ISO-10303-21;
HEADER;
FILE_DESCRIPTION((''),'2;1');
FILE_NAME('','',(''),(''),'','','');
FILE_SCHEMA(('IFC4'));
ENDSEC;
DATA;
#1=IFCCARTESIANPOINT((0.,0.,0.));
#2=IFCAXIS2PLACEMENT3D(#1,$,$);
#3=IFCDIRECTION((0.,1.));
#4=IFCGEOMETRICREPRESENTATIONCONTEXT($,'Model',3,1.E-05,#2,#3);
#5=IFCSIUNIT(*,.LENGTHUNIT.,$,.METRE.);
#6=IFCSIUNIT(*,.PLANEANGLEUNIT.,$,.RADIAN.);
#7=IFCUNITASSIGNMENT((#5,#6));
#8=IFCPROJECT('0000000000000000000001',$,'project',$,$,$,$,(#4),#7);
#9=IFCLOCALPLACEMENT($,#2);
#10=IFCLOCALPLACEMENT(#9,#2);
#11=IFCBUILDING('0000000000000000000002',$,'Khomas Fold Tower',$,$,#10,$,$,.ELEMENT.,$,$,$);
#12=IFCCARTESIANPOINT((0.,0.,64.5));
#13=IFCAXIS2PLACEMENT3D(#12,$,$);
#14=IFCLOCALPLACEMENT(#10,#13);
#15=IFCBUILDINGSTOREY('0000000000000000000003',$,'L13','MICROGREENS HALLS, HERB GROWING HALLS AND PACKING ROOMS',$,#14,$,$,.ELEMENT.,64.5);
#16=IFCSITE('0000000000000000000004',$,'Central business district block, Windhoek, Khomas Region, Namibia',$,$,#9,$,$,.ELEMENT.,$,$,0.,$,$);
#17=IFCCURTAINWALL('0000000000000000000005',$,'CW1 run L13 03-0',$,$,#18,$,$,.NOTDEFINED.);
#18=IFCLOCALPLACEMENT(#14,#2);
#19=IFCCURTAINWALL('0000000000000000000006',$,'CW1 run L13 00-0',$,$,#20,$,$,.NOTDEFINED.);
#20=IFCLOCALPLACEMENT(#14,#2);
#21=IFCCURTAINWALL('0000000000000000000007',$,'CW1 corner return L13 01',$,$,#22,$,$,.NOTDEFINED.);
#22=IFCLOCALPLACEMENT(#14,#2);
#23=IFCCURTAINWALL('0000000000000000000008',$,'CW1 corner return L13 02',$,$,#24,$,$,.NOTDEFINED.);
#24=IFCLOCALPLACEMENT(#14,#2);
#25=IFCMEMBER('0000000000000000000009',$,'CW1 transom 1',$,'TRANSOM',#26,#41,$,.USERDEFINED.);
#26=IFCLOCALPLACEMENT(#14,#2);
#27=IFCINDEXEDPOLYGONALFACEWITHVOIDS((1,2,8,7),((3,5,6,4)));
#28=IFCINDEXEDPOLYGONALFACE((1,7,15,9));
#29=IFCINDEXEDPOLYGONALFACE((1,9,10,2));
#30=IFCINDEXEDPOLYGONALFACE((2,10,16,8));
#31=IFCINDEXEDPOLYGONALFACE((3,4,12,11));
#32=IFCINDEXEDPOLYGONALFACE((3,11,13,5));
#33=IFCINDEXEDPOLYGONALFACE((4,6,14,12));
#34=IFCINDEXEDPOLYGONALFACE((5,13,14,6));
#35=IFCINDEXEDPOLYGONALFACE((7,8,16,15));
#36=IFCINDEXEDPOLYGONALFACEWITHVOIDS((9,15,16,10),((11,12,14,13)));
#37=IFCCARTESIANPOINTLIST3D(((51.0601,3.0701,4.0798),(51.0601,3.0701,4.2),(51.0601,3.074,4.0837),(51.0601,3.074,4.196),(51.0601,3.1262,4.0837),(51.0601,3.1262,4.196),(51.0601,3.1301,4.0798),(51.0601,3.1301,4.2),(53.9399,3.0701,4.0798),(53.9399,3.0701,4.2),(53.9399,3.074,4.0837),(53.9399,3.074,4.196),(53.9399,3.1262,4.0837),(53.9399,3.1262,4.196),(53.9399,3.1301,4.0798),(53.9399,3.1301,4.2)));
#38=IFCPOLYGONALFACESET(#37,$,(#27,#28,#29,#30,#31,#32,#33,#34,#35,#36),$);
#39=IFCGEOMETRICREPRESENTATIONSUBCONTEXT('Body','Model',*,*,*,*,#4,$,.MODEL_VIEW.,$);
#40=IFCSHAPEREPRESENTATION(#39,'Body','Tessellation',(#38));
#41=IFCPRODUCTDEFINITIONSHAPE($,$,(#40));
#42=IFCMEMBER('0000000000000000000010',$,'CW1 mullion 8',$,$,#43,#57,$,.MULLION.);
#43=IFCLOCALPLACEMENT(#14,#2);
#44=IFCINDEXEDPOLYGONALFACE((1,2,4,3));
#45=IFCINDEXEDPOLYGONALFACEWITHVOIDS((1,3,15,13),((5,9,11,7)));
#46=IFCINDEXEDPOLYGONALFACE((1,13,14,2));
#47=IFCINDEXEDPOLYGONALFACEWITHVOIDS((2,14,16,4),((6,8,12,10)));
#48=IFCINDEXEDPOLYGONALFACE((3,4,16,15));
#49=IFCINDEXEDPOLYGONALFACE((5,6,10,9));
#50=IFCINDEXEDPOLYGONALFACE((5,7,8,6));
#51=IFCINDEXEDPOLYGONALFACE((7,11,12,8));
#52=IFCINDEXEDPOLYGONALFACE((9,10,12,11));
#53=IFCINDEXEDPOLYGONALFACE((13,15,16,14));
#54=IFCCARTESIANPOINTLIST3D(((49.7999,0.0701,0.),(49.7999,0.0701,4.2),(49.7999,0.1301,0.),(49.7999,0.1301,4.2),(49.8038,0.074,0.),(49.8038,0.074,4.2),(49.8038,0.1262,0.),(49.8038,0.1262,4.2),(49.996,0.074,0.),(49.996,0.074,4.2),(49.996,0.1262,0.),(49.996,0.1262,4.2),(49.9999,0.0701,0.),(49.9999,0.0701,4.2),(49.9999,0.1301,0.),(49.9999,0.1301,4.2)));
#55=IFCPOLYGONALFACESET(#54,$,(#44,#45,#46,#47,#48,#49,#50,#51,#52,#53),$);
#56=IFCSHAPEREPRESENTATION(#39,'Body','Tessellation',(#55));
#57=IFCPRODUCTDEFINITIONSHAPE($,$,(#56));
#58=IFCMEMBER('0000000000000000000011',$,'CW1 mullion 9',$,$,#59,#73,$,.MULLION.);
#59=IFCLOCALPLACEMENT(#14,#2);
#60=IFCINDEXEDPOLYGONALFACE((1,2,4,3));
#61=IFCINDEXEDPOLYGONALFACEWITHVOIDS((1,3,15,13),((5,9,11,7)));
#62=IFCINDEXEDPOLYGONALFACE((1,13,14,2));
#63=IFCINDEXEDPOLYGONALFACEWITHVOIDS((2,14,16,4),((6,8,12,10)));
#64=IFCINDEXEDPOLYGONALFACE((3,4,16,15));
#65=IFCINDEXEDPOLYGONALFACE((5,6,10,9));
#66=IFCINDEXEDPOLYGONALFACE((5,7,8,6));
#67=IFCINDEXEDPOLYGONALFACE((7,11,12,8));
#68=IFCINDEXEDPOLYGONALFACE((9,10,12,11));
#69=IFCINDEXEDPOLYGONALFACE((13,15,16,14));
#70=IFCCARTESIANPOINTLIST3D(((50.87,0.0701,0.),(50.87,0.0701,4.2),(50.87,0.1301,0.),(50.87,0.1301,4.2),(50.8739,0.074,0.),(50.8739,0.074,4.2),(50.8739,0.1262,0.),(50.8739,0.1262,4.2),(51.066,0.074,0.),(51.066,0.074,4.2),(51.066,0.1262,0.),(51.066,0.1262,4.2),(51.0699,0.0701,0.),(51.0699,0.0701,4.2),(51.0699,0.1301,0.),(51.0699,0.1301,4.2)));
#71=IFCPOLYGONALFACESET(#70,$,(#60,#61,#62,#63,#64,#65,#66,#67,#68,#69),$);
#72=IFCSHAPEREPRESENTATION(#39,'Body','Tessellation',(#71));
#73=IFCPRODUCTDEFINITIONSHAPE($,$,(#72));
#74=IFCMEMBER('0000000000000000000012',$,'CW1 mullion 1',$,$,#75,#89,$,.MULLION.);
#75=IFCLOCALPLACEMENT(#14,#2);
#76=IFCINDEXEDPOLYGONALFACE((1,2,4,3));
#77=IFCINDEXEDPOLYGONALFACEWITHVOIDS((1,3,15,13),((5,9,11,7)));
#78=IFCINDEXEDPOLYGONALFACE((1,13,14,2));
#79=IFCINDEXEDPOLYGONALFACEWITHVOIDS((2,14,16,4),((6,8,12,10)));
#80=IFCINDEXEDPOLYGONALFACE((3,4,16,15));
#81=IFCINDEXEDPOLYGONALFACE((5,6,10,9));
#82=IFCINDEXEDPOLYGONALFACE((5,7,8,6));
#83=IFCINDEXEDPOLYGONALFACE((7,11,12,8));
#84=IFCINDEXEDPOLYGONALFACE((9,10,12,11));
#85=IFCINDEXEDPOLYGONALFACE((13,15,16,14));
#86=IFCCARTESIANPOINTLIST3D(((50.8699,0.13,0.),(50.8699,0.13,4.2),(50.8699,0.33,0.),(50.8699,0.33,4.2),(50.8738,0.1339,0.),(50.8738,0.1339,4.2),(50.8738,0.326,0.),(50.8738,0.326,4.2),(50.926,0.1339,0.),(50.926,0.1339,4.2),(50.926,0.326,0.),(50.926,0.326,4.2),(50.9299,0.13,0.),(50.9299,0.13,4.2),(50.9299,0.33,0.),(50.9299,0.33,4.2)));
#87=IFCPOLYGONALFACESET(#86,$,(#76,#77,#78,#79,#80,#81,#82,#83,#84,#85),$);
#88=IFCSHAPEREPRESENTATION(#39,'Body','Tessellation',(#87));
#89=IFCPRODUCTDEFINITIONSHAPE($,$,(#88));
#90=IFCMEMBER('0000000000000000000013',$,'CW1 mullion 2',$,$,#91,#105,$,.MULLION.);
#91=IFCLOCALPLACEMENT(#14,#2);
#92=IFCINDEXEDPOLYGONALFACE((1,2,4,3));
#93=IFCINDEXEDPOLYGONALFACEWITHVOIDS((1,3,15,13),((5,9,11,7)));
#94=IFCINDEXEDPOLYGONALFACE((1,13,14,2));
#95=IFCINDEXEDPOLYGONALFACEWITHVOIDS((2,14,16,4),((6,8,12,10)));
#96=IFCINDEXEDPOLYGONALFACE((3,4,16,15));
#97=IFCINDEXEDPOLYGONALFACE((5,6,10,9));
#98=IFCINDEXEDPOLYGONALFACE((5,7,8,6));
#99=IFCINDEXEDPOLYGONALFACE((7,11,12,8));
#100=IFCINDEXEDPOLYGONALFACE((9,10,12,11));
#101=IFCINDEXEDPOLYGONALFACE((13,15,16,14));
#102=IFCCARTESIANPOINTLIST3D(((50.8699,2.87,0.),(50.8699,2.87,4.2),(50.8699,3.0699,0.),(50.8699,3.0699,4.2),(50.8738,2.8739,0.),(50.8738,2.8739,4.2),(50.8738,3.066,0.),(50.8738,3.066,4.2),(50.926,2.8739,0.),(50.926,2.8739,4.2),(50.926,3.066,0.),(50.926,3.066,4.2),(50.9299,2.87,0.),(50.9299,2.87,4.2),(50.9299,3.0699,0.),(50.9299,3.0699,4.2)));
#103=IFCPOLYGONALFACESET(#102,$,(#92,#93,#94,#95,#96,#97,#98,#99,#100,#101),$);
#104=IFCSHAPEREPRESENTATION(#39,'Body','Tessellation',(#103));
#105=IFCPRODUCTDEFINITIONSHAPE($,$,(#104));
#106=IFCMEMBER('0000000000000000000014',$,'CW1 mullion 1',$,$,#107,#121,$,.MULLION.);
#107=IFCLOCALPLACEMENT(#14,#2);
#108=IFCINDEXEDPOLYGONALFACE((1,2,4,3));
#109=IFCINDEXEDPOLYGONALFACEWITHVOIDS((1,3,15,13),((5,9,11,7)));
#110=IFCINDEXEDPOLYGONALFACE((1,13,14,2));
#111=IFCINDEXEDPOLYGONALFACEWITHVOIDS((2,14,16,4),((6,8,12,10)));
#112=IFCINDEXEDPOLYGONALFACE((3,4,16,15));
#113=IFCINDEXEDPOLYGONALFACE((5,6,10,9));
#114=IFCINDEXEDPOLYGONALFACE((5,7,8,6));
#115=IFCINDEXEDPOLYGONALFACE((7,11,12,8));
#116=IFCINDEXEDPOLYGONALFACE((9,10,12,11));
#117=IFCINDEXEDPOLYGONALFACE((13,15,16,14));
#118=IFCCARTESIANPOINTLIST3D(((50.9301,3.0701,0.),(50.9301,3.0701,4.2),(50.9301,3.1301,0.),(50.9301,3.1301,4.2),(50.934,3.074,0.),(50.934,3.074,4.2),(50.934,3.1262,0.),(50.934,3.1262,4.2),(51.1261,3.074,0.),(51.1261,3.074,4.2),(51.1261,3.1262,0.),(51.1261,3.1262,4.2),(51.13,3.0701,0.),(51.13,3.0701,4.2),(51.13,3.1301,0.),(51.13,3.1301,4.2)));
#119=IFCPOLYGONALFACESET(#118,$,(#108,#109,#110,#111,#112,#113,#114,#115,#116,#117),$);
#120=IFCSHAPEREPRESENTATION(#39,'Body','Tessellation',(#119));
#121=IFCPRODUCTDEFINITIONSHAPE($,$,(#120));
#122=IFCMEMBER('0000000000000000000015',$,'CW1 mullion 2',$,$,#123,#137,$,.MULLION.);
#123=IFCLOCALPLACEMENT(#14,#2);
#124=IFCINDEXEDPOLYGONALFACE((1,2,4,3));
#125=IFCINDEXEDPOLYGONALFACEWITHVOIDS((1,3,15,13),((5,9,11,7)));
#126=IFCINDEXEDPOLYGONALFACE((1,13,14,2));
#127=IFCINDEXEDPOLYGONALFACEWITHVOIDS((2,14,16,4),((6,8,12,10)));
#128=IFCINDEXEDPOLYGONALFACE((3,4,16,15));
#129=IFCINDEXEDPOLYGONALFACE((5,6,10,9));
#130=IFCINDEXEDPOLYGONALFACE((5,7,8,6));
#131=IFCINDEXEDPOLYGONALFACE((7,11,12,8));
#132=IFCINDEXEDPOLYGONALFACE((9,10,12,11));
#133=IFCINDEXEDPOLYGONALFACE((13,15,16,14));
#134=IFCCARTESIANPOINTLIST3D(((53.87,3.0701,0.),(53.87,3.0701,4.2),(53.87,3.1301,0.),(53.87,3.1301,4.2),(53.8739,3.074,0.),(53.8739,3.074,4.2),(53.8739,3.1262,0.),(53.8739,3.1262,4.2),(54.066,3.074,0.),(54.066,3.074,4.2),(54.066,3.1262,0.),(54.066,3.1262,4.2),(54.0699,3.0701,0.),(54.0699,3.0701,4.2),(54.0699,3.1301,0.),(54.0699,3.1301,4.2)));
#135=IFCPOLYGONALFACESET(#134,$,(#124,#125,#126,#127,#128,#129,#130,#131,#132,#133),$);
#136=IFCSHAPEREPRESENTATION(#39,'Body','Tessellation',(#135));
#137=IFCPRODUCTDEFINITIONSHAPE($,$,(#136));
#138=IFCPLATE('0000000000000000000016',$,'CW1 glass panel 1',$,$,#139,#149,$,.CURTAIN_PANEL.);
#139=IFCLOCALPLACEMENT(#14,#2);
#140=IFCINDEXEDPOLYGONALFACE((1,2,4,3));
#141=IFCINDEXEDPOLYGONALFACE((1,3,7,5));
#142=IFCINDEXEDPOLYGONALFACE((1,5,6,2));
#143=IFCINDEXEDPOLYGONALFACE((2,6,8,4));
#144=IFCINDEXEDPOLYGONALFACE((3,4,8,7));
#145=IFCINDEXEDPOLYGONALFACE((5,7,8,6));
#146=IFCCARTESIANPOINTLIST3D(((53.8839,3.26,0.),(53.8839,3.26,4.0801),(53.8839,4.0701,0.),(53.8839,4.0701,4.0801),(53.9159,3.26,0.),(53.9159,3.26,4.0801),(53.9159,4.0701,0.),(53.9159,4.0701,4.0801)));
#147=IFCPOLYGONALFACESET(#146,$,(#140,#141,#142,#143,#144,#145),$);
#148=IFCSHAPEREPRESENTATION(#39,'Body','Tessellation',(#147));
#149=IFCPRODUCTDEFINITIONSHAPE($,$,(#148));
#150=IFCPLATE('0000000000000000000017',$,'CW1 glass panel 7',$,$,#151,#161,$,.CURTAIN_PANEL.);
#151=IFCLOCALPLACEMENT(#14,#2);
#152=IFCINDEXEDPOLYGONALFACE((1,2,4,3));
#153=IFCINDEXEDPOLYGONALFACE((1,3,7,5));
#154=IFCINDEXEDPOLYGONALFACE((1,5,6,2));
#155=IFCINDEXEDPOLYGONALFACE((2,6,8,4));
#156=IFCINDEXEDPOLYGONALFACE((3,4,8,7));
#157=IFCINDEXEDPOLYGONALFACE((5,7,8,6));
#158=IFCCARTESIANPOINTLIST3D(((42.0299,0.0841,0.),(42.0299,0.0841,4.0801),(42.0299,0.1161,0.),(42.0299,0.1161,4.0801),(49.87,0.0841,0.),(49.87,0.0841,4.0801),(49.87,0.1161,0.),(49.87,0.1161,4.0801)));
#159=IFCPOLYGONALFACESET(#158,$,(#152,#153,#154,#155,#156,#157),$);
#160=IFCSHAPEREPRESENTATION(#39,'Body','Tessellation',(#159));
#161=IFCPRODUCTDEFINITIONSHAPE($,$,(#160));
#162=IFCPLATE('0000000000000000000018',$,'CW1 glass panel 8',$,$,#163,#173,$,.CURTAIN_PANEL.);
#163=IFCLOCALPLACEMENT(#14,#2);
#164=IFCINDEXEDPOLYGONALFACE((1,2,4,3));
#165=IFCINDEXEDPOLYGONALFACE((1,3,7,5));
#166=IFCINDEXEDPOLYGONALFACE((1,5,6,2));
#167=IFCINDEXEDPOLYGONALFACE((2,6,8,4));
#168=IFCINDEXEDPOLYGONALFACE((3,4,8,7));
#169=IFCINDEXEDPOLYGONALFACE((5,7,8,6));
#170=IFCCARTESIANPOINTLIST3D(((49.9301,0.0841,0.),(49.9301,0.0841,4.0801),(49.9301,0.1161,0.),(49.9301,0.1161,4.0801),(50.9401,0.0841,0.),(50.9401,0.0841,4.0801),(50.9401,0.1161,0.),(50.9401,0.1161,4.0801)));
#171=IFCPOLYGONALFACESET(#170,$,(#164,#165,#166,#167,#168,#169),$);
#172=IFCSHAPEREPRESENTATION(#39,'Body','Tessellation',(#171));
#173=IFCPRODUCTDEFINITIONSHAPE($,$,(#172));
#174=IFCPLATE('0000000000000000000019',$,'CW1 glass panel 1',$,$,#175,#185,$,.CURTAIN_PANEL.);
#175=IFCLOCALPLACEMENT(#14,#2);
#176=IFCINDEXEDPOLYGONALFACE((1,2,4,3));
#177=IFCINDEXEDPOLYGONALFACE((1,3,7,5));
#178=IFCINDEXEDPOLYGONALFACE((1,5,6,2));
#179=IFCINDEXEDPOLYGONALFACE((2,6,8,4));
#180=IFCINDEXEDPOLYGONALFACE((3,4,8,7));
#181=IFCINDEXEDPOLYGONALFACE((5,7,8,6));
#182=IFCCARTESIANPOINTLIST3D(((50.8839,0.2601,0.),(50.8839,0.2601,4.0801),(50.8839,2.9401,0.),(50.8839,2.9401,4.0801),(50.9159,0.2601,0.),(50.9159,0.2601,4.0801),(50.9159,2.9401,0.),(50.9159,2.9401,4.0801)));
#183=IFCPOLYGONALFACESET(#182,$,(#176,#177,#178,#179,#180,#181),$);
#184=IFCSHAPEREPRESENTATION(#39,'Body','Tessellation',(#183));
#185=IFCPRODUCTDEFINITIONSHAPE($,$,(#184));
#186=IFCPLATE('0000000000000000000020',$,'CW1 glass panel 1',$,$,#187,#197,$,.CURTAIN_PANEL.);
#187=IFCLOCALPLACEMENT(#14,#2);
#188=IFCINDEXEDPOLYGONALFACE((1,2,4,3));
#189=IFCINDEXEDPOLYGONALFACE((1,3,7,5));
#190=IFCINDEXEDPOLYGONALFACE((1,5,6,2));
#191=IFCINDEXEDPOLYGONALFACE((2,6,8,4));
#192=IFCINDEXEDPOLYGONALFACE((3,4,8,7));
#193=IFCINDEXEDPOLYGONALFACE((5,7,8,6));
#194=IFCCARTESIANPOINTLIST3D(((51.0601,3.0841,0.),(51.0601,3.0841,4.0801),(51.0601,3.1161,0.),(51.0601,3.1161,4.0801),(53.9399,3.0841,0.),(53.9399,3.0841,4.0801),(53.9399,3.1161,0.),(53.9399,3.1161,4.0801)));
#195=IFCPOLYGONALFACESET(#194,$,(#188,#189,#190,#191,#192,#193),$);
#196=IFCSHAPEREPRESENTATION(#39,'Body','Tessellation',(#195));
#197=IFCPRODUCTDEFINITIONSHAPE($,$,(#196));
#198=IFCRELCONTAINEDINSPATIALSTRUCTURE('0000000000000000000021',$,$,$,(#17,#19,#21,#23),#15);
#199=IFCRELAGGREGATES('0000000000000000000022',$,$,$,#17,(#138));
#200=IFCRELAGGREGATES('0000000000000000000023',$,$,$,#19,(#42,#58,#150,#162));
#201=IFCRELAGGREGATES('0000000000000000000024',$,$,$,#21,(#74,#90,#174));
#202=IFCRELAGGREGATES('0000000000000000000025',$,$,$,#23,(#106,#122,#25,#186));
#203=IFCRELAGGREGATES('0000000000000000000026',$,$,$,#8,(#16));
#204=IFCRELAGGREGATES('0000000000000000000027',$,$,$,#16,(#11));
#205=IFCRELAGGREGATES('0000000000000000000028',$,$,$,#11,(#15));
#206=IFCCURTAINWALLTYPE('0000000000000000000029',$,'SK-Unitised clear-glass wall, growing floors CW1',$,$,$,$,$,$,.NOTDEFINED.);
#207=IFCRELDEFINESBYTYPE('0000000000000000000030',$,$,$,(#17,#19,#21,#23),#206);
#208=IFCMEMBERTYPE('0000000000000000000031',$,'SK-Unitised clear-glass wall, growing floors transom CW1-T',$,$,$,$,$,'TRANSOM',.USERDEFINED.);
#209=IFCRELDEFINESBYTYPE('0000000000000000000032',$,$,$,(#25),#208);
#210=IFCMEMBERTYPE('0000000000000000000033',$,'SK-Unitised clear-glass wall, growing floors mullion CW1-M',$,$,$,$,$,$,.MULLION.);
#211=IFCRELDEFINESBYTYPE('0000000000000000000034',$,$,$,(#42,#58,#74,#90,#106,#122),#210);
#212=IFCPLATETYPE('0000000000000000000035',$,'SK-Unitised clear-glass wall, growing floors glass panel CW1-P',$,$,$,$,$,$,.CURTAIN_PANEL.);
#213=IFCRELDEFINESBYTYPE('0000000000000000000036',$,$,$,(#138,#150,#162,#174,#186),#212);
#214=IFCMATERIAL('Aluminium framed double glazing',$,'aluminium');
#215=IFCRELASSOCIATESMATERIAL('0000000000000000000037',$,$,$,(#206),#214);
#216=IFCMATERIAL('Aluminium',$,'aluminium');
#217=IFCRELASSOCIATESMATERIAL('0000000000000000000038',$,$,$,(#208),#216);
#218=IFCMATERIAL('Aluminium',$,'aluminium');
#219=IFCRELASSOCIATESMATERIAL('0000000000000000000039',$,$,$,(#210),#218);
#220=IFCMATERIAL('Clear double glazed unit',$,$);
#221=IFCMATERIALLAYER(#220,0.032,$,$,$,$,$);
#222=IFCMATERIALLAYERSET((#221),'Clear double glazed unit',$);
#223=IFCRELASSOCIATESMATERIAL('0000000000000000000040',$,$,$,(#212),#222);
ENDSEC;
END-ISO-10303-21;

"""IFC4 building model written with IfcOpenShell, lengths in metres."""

from ifc_helpers import new_model, si_unit, direction, frame, origin, origin_2d, place, context, subcontext, project, spatial, rectangle, hollow_rectangle, extrude, source, transform, mapped, material, layer, layer_set, material_profile, profile_set, type_object, element, aggregate, save


model = new_model("IFC4")

# Units and contexts
model_context = context("Model", 3, precision=1e-05, world=origin(), true_north=direction((0.0, 1.0)))
body_context = subcontext(model_context, "Body", "Model", "MODEL_VIEW")
ifc_project = project(units=[si_unit("LENGTHUNIT", "METRE"), si_unit("PLANEANGLEUNIT", "RADIAN")], contexts=[model_context])

# Site, building, storey
site_placement = place(None, origin())
site = spatial("IfcSite", under=ifc_project, at=site_placement, Name="Central business district block, Windhoek, Khomas Region, Namibia", CompositionType="ELEMENT", RefElevation=0.0)
building_placement = place(site_placement, origin())
building = spatial("IfcBuilding", under=site, at=building_placement, Name="Khomas Fold Tower", CompositionType="ELEMENT")
storey_placement = place(building_placement, frame((0.0, 0.0, 64.5)))
storey = spatial("IfcBuildingStorey", under=building, at=storey_placement, Name="L13", Description="MICROGREENS HALLS, HERB GROWING HALLS AND PACKING ROOMS", CompositionType="ELEMENT", Elevation=64.5)

# Curtain wall
ifc_material_1 = material(Name="Aluminium framed double glazing", Category="aluminium")
curtain_wall_type = type_object("IfcCurtainWallType", Name="SK-Unitised clear-glass wall, growing floors CW1", PredefinedType="NOTDEFINED", material=ifc_material_1)
curtain_wall_1_placement = place(storey_placement, origin())
curtain_wall_1 = element("IfcCurtainWall", 1, at=curtain_wall_1_placement, inside=storey, type_object=curtain_wall_type, Name="CW1 run L13 03-0", PredefinedType="NOTDEFINED")
ifc_material_2 = material(Name="Aluminium", Category="aluminium")
ifc_material_profile_1 = material_profile(ifc_material_2, hollow_rectangle(XDim=0.0601, YDim=0.1201, WallThickness=0.0039, at=origin_2d()), Name="SK-Unitised clear-glass wall, growing floors transom CW1-T")
ifc_profile_set_1 = profile_set([ifc_material_profile_1], Name="Aluminium")
member_type_1 = type_object("IfcMemberType", Name="SK-Unitised clear-glass wall, growing floors transom CW1-T", ElementType="TRANSOM", PredefinedType="USERDEFINED", material=ifc_profile_set_1)

# Curtain wall
curtain_wall_2_placement = place(storey_placement, origin())
curtain_wall_2 = element("IfcCurtainWall", 2, at=curtain_wall_2_placement, inside=storey, type_object=curtain_wall_type, Name="CW1 run L13 00-0", PredefinedType="NOTDEFINED")

# Curtain walls, member
curtain_wall_3_placement = place(storey_placement, origin())
curtain_wall_3 = element("IfcCurtainWall", 3, at=curtain_wall_3_placement, inside=storey, type_object=curtain_wall_type, Name="CW1 corner return L13 01", PredefinedType="NOTDEFINED")
curtain_wall_4_placement = place(storey_placement, origin())
curtain_wall_4 = element("IfcCurtainWall", 4, at=curtain_wall_4_placement, inside=storey, type_object=curtain_wall_type, Name="CW1 corner return L13 02", PredefinedType="NOTDEFINED")
shared_shape_1 = source(origin(), body_context, "Body", "SweptSolid", [
    extrude(hollow_rectangle(XDim=0.0601, YDim=0.1201, WallThickness=0.0039, at=origin_2d()), origin(), (0.0, 0.0, 1.0), 2.8799),
])
member_1_placement = place(storey_placement, frame((51.0601, 3.1001, 4.1399), z_axis=(1.0, 0.0, 0.0), x_axis=(0.0, 1.0, 0.0)))
member_1 = element("IfcMember", 5, at=member_1_placement, type_object=member_type_1, Name="CW1 transom 1", ObjectType="TRANSOM", PredefinedType="USERDEFINED", context=body_context, shape_type="MappedRepresentation", body=[
    mapped(shared_shape_1, transform((0.0, 0.0, 0.0))),
])

# Members
ifc_material_3 = material(Name="Aluminium", Category="aluminium")
ifc_material_profile_2 = material_profile(ifc_material_3, hollow_rectangle(XDim=0.0601, YDim=0.2, WallThickness=0.0039, at=origin_2d()), Name="SK-Unitised clear-glass wall, growing floors mullion CW1-M")
ifc_profile_set_2 = profile_set([ifc_material_profile_2], Name="Aluminium")
member_type_2 = type_object("IfcMemberType", Name="SK-Unitised clear-glass wall, growing floors mullion CW1-M", PredefinedType="MULLION", material=ifc_profile_set_2)
shared_shape_2 = source(origin(), body_context, "Body", "SweptSolid", [
    extrude(hollow_rectangle(XDim=0.0601, YDim=0.2, WallThickness=0.0039, at=origin_2d()), origin(), (0.0, 0.0, 1.0), 4.2),
])
member_2_placement = place(storey_placement, frame((49.8999, 0.1001, 0.0), z_axis=(0.0, 0.0, 1.0), x_axis=(0.0, 1.0, 0.0)))
member_2 = element("IfcMember", 6, at=member_2_placement, type_object=member_type_2, Name="CW1 mullion 8", PredefinedType="MULLION", context=body_context, shape_type="MappedRepresentation", body=[
    mapped(shared_shape_2, transform((0.0, 0.0, 0.0))),
])
member_3_placement = place(storey_placement, frame((50.97, 0.1001, 0.0), z_axis=(0.0, 0.0, 1.0), x_axis=(0.0, 1.0, 0.0)))
member_3 = element("IfcMember", 7, at=member_3_placement, type_object=member_type_2, Name="CW1 mullion 9", PredefinedType="MULLION", context=body_context, shape_type="MappedRepresentation", body=[
    mapped(shared_shape_2, transform((0.0, 0.0, 0.0))),
])
member_4_placement = place(storey_placement, frame((50.8999, 0.23, 0.0), z_axis=(0.0, 0.0, 1.0), x_axis=(-1.0, 0.0, 0.0)))
member_4 = element("IfcMember", 8, at=member_4_placement, type_object=member_type_2, Name="CW1 mullion 1", PredefinedType="MULLION", context=body_context, shape_type="MappedRepresentation", body=[
    mapped(shared_shape_2, transform((0.0, 0.0, 0.0))),
])
member_5_placement = place(storey_placement, frame((50.8999, 2.97, 0.0), z_axis=(0.0, 0.0, 1.0), x_axis=(-1.0, 0.0, 0.0)))
member_5 = element("IfcMember", 9, at=member_5_placement, type_object=member_type_2, Name="CW1 mullion 2", PredefinedType="MULLION", context=body_context, shape_type="MappedRepresentation", body=[
    mapped(shared_shape_2, transform((0.0, 0.0, 0.0))),
])
member_6_placement = place(storey_placement, frame((51.03, 3.1001, 0.0), z_axis=(0.0, 0.0, 1.0), x_axis=(0.0, 1.0, 0.0)))
member_6 = element("IfcMember", 10, at=member_6_placement, type_object=member_type_2, Name="CW1 mullion 1", PredefinedType="MULLION", context=body_context, shape_type="MappedRepresentation", body=[
    mapped(shared_shape_2, transform((0.0, 0.0, 0.0))),
])
member_7_placement = place(storey_placement, frame((53.97, 3.1001, 0.0), z_axis=(0.0, 0.0, 1.0), x_axis=(0.0, 1.0, 0.0)))
member_7 = element("IfcMember", 11, at=member_7_placement, type_object=member_type_2, Name="CW1 mullion 2", PredefinedType="MULLION", context=body_context, shape_type="MappedRepresentation", body=[
    mapped(shared_shape_2, transform((0.0, 0.0, 0.0))),
])

# Plates
ifc_material_4 = material(Name="Clear double glazed unit")
ifc_layer = layer(ifc_material_4, 0.032)
ifc_layer_set = layer_set([ifc_layer], Name="Clear double glazed unit")
plate_type = type_object("IfcPlateType", Name="SK-Unitised clear-glass wall, growing floors glass panel CW1-P", PredefinedType="CURTAIN_PANEL", material=ifc_layer_set)
shared_shape_3 = source(origin(), body_context, "Body", "SweptSolid", [
    extrude(rectangle(XDim=0.8101, YDim=0.032, at=origin_2d()), origin(), (0.0, 0.0, 1.0), 4.0801),
])
plate_1_placement = place(storey_placement, frame((53.8999, 3.665, 0.0), z_axis=(0.0, 0.0, 1.0), x_axis=(0.0, 1.0, 0.0)))
plate_1 = element("IfcPlate", 12, at=plate_1_placement, type_object=plate_type, Name="CW1 glass panel 1", PredefinedType="CURTAIN_PANEL", context=body_context, shape_type="MappedRepresentation", body=[
    mapped(shared_shape_3, transform((0.0, 0.0, 0.0))),
])
aggregate(curtain_wall_1, [plate_1])
shared_shape_4 = source(origin(), body_context, "Body", "SweptSolid", [
    extrude(rectangle(XDim=7.8401, YDim=0.032, at=origin_2d()), origin(), (0.0, 0.0, 1.0), 4.0801),
])
plate_2_placement = place(storey_placement, frame((45.95, 0.1001, 0.0), z_axis=(0.0, 0.0, 1.0), x_axis=(1.0, 0.0, 0.0)))
plate_2 = element("IfcPlate", 13, at=plate_2_placement, type_object=plate_type, Name="CW1 glass panel 7", PredefinedType="CURTAIN_PANEL", context=body_context, shape_type="MappedRepresentation", body=[
    mapped(shared_shape_4, transform((0.0, 0.0, 0.0))),
])
shared_shape_5 = source(origin(), body_context, "Body", "SweptSolid", [
    extrude(rectangle(XDim=1.01, YDim=0.032, at=origin_2d()), origin(), (0.0, 0.0, 1.0), 4.0801),
])
plate_3_placement = place(storey_placement, frame((50.4351, 0.1001, 0.0), z_axis=(0.0, 0.0, 1.0), x_axis=(1.0, 0.0, 0.0)))
plate_3 = element("IfcPlate", 14, at=plate_3_placement, type_object=plate_type, Name="CW1 glass panel 8", PredefinedType="CURTAIN_PANEL", context=body_context, shape_type="MappedRepresentation", body=[
    mapped(shared_shape_5, transform((0.0, 0.0, 0.0))),
])
aggregate(curtain_wall_2, [member_2, member_3, plate_2, plate_3])
shared_shape_6 = source(origin(), body_context, "Body", "SweptSolid", [
    extrude(rectangle(XDim=2.6799, YDim=0.032, at=origin_2d()), origin(), (0.0, 0.0, 1.0), 4.0801),
])
plate_4_placement = place(storey_placement, frame((50.8999, 1.6001, 0.0), z_axis=(0.0, 0.0, 1.0), x_axis=(0.0, 1.0, 0.0)))
plate_4 = element("IfcPlate", 15, at=plate_4_placement, type_object=plate_type, Name="CW1 glass panel 1", PredefinedType="CURTAIN_PANEL", context=body_context, shape_type="MappedRepresentation", body=[
    mapped(shared_shape_6, transform((0.0, 0.0, 0.0))),
])
aggregate(curtain_wall_3, [member_4, member_5, plate_4])
shared_shape_7 = source(origin(), body_context, "Body", "SweptSolid", [
    extrude(rectangle(XDim=2.8799, YDim=0.032, at=origin_2d()), origin(), (0.0, 0.0, 1.0), 4.0801),
])
plate_5_placement = place(storey_placement, frame((52.5, 3.1001, 0.0), z_axis=(0.0, 0.0, 1.0), x_axis=(1.0, 0.0, 0.0)))
plate_5 = element("IfcPlate", 16, at=plate_5_placement, type_object=plate_type, Name="CW1 glass panel 1", PredefinedType="CURTAIN_PANEL", context=body_context, shape_type="MappedRepresentation", body=[
    mapped(shared_shape_7, transform((0.0, 0.0, 0.0))),
])
aggregate(curtain_wall_4, [member_6, member_7, member_1, plate_5])

save(model, "model.ifc")
